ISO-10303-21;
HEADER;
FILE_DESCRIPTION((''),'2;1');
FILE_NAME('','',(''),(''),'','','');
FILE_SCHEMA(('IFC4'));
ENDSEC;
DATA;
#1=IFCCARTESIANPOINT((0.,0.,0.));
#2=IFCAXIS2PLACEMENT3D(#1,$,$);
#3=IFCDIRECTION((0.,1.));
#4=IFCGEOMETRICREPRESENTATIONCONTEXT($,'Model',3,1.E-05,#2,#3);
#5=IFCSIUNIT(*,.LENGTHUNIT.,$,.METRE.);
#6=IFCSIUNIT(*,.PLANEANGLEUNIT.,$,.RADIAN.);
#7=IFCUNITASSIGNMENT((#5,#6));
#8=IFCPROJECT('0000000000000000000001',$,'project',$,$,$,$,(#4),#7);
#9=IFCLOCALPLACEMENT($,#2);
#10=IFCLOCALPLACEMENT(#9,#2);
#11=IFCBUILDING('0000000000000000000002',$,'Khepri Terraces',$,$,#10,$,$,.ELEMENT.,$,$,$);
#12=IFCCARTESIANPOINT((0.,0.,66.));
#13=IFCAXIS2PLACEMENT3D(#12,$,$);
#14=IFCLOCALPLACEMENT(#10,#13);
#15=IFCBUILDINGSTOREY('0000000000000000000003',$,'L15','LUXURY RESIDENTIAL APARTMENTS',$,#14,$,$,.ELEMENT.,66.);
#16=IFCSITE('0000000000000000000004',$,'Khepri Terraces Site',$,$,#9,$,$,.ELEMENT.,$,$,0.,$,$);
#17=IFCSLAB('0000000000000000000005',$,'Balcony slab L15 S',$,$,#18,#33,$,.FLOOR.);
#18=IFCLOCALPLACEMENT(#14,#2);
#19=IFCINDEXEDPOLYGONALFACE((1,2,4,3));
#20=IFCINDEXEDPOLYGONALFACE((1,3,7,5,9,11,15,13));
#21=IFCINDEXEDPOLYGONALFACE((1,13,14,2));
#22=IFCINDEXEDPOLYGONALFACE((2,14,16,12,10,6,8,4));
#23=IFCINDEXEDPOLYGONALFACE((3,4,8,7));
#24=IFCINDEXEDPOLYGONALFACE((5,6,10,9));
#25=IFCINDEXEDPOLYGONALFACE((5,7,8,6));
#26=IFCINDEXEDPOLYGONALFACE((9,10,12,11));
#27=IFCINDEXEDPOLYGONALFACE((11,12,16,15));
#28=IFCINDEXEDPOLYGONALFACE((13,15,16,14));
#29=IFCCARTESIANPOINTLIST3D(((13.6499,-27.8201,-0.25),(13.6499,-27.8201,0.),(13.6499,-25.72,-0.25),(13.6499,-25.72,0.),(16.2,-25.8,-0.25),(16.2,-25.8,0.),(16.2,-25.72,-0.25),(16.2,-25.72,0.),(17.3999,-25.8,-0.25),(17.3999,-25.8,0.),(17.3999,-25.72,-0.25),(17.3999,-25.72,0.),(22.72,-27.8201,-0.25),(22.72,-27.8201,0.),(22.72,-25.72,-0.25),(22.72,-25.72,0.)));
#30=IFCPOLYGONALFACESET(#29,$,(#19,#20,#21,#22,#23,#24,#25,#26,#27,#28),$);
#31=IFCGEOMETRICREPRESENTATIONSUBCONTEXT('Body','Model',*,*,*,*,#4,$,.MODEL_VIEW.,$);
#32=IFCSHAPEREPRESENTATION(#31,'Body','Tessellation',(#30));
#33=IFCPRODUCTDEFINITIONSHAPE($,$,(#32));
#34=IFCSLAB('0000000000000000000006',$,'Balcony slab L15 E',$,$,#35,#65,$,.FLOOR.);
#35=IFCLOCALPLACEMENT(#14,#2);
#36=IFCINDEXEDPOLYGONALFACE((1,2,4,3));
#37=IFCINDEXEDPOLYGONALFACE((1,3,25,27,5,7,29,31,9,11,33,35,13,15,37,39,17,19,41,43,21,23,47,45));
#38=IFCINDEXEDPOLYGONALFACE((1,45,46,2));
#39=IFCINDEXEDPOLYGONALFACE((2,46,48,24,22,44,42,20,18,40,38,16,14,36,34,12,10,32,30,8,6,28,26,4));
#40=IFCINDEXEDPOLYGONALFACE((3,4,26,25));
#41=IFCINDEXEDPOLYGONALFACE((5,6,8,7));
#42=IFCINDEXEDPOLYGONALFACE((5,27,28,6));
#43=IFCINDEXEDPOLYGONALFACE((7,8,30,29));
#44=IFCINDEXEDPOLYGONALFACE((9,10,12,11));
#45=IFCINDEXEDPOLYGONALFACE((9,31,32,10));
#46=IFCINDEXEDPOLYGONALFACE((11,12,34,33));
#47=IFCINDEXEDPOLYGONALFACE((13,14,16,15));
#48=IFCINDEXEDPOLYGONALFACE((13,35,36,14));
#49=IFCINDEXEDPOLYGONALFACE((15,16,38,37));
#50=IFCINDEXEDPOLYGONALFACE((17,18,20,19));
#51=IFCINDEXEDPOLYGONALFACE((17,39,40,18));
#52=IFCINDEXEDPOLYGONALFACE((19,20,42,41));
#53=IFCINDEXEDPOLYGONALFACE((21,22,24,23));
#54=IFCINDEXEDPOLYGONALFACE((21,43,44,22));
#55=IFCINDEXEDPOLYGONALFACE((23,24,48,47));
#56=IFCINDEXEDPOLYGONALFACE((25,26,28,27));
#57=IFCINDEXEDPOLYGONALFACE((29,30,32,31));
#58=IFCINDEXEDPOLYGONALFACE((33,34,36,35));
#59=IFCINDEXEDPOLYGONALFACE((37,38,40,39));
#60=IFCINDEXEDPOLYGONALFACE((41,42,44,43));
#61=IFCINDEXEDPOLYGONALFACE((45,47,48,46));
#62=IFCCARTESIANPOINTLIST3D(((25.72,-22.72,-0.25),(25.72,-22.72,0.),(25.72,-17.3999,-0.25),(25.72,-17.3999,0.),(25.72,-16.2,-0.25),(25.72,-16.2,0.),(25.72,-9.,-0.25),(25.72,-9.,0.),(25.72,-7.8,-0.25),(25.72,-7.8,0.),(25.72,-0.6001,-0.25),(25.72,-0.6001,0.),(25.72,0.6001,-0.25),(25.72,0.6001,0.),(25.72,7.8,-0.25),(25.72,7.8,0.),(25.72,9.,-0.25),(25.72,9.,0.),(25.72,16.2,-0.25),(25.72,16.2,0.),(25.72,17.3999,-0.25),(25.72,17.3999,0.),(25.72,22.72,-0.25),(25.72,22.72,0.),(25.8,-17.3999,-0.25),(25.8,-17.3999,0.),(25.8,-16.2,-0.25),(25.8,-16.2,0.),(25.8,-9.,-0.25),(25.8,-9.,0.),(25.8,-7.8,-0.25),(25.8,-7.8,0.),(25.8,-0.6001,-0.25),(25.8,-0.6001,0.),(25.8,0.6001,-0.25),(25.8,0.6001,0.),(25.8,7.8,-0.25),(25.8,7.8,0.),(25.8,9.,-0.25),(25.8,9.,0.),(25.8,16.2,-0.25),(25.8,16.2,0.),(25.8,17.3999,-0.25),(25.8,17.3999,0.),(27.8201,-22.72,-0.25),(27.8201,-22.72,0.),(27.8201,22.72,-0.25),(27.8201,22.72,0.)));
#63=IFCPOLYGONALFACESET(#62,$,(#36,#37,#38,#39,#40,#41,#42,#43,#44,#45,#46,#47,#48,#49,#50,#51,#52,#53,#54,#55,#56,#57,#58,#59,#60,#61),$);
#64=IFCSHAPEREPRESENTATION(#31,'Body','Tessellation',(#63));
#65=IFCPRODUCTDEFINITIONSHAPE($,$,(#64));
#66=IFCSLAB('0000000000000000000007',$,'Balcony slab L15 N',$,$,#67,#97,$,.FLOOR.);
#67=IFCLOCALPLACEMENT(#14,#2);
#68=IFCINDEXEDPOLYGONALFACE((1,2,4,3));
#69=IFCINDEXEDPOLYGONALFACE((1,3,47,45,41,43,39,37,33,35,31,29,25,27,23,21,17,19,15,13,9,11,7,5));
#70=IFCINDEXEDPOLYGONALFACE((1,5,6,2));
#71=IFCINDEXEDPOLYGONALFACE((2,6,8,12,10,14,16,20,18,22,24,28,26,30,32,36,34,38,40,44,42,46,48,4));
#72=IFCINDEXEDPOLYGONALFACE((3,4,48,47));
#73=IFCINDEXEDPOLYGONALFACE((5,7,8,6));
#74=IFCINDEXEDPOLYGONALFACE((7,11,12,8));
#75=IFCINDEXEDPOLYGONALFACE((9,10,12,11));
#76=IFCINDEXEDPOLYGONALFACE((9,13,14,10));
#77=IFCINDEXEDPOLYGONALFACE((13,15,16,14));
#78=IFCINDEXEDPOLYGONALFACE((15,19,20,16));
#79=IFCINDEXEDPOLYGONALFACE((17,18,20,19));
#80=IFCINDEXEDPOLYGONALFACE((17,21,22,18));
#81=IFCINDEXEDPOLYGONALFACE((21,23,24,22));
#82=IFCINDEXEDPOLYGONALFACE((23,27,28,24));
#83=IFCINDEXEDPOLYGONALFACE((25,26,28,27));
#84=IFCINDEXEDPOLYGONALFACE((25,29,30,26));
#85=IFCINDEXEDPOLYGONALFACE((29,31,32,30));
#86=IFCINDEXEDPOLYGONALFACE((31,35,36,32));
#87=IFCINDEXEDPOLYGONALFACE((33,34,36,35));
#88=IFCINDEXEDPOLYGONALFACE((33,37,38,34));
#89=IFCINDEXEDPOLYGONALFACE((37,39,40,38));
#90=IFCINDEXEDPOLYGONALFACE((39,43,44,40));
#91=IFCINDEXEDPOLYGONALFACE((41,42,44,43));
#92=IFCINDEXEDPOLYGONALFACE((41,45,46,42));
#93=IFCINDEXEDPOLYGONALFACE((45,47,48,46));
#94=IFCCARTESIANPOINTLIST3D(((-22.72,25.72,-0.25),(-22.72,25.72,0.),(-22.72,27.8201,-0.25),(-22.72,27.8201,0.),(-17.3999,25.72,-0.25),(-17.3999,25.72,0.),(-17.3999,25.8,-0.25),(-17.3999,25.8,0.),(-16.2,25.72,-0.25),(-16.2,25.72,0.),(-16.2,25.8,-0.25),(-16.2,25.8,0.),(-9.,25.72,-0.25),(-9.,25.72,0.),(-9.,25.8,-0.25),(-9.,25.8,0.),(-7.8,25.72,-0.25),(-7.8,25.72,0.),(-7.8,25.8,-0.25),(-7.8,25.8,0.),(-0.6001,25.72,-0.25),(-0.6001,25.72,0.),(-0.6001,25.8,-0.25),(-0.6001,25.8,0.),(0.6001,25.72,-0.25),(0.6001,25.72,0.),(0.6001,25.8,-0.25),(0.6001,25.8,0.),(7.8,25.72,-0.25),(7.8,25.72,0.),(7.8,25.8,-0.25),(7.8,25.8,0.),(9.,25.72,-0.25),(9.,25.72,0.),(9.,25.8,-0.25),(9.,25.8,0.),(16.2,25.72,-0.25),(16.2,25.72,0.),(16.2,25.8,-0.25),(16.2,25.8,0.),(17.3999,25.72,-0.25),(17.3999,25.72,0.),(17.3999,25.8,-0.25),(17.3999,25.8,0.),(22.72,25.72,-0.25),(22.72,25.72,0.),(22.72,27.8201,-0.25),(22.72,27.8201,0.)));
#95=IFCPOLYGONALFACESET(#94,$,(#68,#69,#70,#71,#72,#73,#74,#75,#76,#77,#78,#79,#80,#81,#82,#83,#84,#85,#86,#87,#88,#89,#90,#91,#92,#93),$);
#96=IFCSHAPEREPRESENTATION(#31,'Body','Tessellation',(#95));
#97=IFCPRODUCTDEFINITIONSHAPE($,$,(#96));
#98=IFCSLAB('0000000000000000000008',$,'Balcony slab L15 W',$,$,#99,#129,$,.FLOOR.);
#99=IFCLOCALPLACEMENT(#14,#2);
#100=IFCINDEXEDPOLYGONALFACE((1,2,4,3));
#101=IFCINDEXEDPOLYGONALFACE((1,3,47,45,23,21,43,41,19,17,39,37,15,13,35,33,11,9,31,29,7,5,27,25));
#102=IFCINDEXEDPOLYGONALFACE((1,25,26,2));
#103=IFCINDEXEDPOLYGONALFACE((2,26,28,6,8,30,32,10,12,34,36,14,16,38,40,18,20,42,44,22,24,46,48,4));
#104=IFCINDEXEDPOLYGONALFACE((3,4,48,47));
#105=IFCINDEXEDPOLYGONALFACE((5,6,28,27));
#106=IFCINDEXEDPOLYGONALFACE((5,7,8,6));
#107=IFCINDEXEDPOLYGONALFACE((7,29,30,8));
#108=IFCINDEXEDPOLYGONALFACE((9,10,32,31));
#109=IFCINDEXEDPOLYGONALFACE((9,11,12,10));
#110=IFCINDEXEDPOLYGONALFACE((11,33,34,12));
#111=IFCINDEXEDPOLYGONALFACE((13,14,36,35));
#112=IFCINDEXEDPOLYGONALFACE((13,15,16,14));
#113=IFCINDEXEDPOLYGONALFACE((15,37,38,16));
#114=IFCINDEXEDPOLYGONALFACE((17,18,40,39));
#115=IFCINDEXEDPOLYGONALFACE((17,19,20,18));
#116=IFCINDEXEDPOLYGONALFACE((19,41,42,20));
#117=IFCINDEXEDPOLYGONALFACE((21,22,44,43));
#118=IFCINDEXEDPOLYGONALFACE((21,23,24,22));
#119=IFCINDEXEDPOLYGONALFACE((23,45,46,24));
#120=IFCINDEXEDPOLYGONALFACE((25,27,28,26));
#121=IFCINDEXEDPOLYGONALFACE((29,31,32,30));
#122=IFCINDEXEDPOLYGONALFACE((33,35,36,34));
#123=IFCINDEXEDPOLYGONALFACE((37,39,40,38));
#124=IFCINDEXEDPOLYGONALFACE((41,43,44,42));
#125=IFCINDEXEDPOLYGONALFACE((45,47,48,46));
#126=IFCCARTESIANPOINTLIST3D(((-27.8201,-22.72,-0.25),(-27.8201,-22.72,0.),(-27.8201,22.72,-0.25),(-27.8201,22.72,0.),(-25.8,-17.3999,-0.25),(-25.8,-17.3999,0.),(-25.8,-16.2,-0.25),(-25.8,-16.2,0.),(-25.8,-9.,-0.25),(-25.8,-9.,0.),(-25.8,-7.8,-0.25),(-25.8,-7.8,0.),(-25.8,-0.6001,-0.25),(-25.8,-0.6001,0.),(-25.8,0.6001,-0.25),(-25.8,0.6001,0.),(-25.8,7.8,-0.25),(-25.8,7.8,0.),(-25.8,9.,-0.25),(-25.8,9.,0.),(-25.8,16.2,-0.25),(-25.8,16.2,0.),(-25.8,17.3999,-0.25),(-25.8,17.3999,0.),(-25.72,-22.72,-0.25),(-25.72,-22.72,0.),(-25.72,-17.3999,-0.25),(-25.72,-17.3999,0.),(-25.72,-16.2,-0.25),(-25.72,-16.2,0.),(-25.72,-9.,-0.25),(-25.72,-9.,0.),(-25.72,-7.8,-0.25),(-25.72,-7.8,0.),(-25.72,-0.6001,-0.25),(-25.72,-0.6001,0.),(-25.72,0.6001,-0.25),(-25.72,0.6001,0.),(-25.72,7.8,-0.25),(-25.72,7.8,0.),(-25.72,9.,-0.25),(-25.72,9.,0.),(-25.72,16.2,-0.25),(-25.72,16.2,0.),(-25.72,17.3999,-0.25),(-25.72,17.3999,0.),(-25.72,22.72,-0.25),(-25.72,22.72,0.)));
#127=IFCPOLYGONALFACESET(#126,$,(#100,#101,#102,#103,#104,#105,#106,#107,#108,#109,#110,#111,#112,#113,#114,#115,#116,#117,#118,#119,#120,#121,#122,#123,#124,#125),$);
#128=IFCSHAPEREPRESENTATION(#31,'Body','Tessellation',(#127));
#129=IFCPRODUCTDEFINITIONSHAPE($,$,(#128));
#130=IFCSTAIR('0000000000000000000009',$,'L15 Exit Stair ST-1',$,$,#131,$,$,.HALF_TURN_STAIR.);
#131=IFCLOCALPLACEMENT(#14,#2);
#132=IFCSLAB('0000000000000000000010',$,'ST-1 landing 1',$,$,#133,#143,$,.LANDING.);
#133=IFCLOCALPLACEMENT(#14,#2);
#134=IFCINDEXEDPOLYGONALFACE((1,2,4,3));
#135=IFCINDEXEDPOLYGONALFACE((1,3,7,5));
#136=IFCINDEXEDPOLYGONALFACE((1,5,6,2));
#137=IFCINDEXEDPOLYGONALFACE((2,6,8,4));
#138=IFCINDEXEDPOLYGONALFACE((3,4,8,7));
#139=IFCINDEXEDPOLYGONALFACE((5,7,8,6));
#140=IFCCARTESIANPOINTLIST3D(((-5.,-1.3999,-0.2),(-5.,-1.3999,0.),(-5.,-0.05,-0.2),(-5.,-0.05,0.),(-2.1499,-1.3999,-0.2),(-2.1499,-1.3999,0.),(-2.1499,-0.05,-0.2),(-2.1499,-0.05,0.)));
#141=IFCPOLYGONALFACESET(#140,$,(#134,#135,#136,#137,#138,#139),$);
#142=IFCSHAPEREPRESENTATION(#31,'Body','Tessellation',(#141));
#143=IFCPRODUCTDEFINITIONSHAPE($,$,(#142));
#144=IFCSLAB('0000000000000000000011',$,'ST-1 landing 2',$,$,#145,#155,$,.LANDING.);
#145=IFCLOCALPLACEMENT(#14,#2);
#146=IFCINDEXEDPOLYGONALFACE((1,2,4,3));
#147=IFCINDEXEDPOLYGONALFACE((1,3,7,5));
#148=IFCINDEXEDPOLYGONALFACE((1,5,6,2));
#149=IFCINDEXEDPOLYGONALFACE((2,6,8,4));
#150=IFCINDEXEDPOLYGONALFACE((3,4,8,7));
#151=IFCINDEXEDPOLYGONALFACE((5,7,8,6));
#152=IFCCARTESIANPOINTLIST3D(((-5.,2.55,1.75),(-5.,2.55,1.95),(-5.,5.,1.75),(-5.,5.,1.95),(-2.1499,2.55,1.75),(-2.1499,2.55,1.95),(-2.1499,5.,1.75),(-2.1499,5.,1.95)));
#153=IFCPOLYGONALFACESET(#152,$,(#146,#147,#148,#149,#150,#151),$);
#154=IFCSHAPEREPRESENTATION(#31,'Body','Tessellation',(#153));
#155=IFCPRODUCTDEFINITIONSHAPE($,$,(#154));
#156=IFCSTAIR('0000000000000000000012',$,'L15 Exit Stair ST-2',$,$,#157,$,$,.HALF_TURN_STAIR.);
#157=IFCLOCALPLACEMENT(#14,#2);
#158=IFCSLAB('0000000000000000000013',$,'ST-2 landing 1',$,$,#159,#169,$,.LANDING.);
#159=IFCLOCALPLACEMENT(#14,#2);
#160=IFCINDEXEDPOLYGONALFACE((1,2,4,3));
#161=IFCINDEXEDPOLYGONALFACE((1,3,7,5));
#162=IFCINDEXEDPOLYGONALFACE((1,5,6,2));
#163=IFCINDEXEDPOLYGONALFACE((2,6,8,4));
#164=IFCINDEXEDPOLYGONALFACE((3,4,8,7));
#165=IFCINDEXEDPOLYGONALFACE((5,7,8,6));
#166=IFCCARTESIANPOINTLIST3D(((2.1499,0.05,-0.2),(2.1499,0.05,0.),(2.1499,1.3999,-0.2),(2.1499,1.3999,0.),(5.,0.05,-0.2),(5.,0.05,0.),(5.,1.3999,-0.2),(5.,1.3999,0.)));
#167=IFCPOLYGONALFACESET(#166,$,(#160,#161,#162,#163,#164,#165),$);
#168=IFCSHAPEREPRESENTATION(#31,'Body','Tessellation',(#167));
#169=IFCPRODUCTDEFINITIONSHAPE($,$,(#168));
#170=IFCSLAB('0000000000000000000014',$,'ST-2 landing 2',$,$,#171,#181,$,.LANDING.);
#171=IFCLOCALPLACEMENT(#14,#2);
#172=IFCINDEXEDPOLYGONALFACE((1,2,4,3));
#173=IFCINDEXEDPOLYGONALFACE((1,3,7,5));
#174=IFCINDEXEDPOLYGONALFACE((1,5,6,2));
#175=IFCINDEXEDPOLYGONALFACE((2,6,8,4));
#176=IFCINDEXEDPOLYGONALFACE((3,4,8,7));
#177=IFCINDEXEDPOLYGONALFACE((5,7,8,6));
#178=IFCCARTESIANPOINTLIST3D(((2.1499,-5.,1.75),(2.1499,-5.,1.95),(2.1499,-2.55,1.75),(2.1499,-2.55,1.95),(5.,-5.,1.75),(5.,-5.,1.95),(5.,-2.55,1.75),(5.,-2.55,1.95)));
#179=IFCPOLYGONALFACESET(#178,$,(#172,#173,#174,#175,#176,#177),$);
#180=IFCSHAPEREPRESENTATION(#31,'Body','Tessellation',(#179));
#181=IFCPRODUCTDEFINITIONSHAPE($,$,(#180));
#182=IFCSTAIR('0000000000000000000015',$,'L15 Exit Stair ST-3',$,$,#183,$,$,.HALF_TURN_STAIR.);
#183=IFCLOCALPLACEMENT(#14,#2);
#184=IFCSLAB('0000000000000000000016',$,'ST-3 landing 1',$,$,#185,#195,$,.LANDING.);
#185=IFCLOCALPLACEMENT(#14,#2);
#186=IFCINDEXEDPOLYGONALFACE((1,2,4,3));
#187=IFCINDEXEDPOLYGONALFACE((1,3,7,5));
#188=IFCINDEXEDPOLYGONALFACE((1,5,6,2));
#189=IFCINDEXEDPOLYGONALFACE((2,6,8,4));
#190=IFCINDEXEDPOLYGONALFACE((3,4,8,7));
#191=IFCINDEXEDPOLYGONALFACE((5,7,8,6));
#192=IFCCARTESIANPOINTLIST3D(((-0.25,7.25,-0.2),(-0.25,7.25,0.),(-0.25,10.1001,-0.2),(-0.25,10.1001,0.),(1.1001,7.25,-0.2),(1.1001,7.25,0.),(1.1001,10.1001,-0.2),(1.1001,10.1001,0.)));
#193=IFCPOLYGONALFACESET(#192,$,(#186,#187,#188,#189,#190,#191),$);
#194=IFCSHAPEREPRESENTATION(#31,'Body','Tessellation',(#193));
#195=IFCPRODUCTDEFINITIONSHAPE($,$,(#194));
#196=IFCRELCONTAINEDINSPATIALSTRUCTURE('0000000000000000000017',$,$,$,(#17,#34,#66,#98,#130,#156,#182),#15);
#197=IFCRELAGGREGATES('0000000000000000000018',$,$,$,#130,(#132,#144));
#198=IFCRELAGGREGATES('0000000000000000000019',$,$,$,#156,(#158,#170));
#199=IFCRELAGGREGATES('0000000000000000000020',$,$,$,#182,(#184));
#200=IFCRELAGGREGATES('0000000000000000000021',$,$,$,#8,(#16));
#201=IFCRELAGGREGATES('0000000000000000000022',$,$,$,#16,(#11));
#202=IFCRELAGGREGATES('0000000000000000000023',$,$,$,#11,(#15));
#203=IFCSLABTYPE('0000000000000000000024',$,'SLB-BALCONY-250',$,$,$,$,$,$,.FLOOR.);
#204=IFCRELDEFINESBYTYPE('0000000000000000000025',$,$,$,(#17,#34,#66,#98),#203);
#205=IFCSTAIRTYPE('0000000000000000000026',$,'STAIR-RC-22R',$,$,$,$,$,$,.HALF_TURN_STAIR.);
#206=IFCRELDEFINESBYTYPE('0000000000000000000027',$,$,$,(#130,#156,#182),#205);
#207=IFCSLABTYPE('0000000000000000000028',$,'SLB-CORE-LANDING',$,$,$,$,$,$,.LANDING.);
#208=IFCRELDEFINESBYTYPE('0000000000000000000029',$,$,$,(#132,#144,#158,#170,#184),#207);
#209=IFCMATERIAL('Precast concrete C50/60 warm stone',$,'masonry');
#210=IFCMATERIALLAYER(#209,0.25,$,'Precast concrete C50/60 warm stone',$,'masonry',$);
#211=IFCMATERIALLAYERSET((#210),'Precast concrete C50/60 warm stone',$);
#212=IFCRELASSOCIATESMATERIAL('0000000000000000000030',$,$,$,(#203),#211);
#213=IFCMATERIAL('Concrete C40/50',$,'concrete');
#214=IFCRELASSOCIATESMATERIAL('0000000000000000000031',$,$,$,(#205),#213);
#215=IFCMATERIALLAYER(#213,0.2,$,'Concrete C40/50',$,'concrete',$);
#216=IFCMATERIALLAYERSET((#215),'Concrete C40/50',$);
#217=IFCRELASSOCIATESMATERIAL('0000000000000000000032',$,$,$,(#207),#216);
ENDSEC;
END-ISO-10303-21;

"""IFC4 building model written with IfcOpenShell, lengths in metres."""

from ifc_helpers import new_model, si_unit, direction, frame, origin, place, context, subcontext, project, spatial, polyline, outline, extrude, material, layer, layer_set, type_object, element, aggregate, save


model = new_model("IFC4")

# Units and contexts
model_context = context("Model", 3, precision=1e-05, world=origin(), true_north=direction((0.0, 1.0)))
body_context = subcontext(model_context, "Body", "Model", "MODEL_VIEW")
ifc_project = project(units=[si_unit("LENGTHUNIT", "METRE"), si_unit("PLANEANGLEUNIT", "RADIAN")], contexts=[model_context])

# Site, building, storey
site_placement = place(None, origin())
site = spatial("IfcSite", under=ifc_project, at=site_placement, Name="Khepri Terraces Site", CompositionType="ELEMENT", RefElevation=0.0)
building_placement = place(site_placement, origin())
building = spatial("IfcBuilding", under=site, at=building_placement, Name="Khepri Terraces", CompositionType="ELEMENT")
storey_placement = place(building_placement, frame((0.0, 0.0, 66.0)))
storey = spatial("IfcBuildingStorey", under=building, at=storey_placement, Name="L15", Description="LUXURY RESIDENTIAL APARTMENTS", CompositionType="ELEMENT", Elevation=66.0)

# Slabs
ifc_material_1 = material(Name="Precast concrete C50/60 warm stone", Category="masonry")
ifc_layer_1 = layer(ifc_material_1, 0.25, Name="Precast concrete C50/60 warm stone", Category="masonry")
ifc_layer_set_1 = layer_set([ifc_layer_1], Name="Precast concrete C50/60 warm stone")
slab_type_1 = type_object("IfcSlabType", Name="SLB-BALCONY-250", PredefinedType="FLOOR", material=ifc_layer_set_1)
slab_1_placement = place(storey_placement, frame((0.0, 0.0, -0.25)))
element("IfcSlab", 1, at=slab_1_placement, inside=storey, type_object=slab_type_1, Name="Balcony slab L15 S", PredefinedType="FLOOR", context=body_context, shape_type="SweptSolid", body=[
    extrude(outline(polyline([(16.2, -25.72), (13.6499, -25.72), (13.6499, -27.8201), (22.72, -27.8201), (22.72, -25.72), (17.3999, -25.72), (17.3999, -25.8), (16.2, -25.8), (16.2, -25.72)])), origin(), (0.0, 0.0, 1.0), 0.25),
])
slab_2_placement = place(storey_placement, frame((0.0, 0.0, -0.25)))
element("IfcSlab", 2, at=slab_2_placement, inside=storey, type_object=slab_type_1, Name="Balcony slab L15 E", PredefinedType="FLOOR", context=body_context, shape_type="SweptSolid", body=[
    extrude(outline(polyline([(25.72, -17.3999), (25.72, -22.72), (27.8201, -22.72), (27.8201, 22.72), (25.72, 22.72), (25.72, 17.3999), (25.8, 17.3999), (25.8, 16.2), (25.72, 16.2), (25.72, 9.0), (25.8, 9.0), (25.8, 7.8), (25.72, 7.8), (25.72, 0.6001), (25.8, 0.6001), (25.8, -0.6001), (25.72, -0.6001), (25.72, -7.8), (25.8, -7.8), (25.8, -9.0), (25.72, -9.0), (25.72, -16.2), (25.8, -16.2), (25.8, -17.3999), (25.72, -17.3999)])), origin(), (0.0, 0.0, 1.0), 0.25),
])
slab_3_placement = place(storey_placement, frame((0.0, 0.0, -0.25)))
element("IfcSlab", 3, at=slab_3_placement, inside=storey, type_object=slab_type_1, Name="Balcony slab L15 N", PredefinedType="FLOOR", context=body_context, shape_type="SweptSolid", body=[
    extrude(outline(polyline([(17.3999, 25.72), (22.72, 25.72), (22.72, 27.8201), (-22.72, 27.8201), (-22.72, 25.72), (-17.3999, 25.72), (-17.3999, 25.8), (-16.2, 25.8), (-16.2, 25.72), (-9.0, 25.72), (-9.0, 25.8), (-7.8, 25.8), (-7.8, 25.72), (-0.6001, 25.72), (-0.6001, 25.8), (0.6001, 25.8), (0.6001, 25.72), (7.8, 25.72), (7.8, 25.8), (9.0, 25.8), (9.0, 25.72), (16.2, 25.72), (16.2, 25.8), (17.3999, 25.8), (17.3999, 25.72)])), origin(), (0.0, 0.0, 1.0), 0.25),
])
slab_4_placement = place(storey_placement, frame((0.0, 0.0, -0.25)))
element("IfcSlab", 4, at=slab_4_placement, inside=storey, type_object=slab_type_1, Name="Balcony slab L15 W", PredefinedType="FLOOR", context=body_context, shape_type="SweptSolid", body=[
    extrude(outline(polyline([(-25.72, 17.3999), (-25.72, 22.72), (-27.8201, 22.72), (-27.8201, -22.72), (-25.72, -22.72), (-25.72, -17.3999), (-25.8, -17.3999), (-25.8, -16.2), (-25.72, -16.2), (-25.72, -9.0), (-25.8, -9.0), (-25.8, -7.8), (-25.72, -7.8), (-25.72, -0.6001), (-25.8, -0.6001), (-25.8, 0.6001), (-25.72, 0.6001), (-25.72, 7.8), (-25.8, 7.8), (-25.8, 9.0), (-25.72, 9.0), (-25.72, 16.2), (-25.8, 16.2), (-25.8, 17.3999), (-25.72, 17.3999)])), origin(), (0.0, 0.0, 1.0), 0.25),
])

# Stairs, slabs
ifc_material_2 = material(Name="Concrete C40/50", Category="concrete")
stair_type = type_object("IfcStairType", Name="STAIR-RC-22R", PredefinedType="HALF_TURN_STAIR", material=ifc_material_2)
stair_1_placement = place(storey_placement, origin())
stair_1 = element("IfcStair", 5, at=stair_1_placement, inside=storey, type_object=stair_type, Name="L15 Exit Stair ST-1", PredefinedType="HALF_TURN_STAIR")
ifc_layer_2 = layer(ifc_material_2, 0.2, Name="Concrete C40/50", Category="concrete")
ifc_layer_set_2 = layer_set([ifc_layer_2], Name="Concrete C40/50")
slab_type_2 = type_object("IfcSlabType", Name="SLB-CORE-LANDING", PredefinedType="LANDING", material=ifc_layer_set_2)
slab_5_placement = place(storey_placement, frame((0.0, 0.0, -0.2)))
slab_5 = element("IfcSlab", 6, at=slab_5_placement, type_object=slab_type_2, Name="ST-1 landing 1", PredefinedType="LANDING", context=body_context, shape_type="SweptSolid", body=[
    extrude(outline(polyline([(-2.1499, -1.3999), (-2.1499, -0.05), (-5.0, -0.05), (-5.0, -1.3999), (-2.1499, -1.3999)])), origin(), (0.0, 0.0, 1.0), 0.2),
])
slab_6_placement = place(storey_placement, frame((0.0, 0.0, 1.75)))
slab_6 = element("IfcSlab", 7, at=slab_6_placement, type_object=slab_type_2, Name="ST-1 landing 2", PredefinedType="LANDING", context=body_context, shape_type="SweptSolid", body=[
    extrude(outline(polyline([(-2.1499, 2.55), (-2.1499, 5.0), (-5.0, 5.0), (-5.0, 2.55), (-2.1499, 2.55)])), origin(), (0.0, 0.0, 1.0), 0.2),
])
aggregate(stair_1, [slab_5, slab_6])
stair_2_placement = place(storey_placement, origin())
stair_2 = element("IfcStair", 8, at=stair_2_placement, inside=storey, type_object=stair_type, Name="L15 Exit Stair ST-2", PredefinedType="HALF_TURN_STAIR")
slab_7_placement = place(storey_placement, frame((0.0, 0.0, -0.2)))
slab_7 = element("IfcSlab", 9, at=slab_7_placement, type_object=slab_type_2, Name="ST-2 landing 1", PredefinedType="LANDING", context=body_context, shape_type="SweptSolid", body=[
    extrude(outline(polyline([(2.1499, 1.3999), (2.1499, 0.05), (5.0, 0.05), (5.0, 1.3999), (2.1499, 1.3999)])), origin(), (0.0, 0.0, 1.0), 0.2),
])
slab_8_placement = place(storey_placement, frame((0.0, 0.0, 1.75)))
slab_8 = element("IfcSlab", 10, at=slab_8_placement, type_object=slab_type_2, Name="ST-2 landing 2", PredefinedType="LANDING", context=body_context, shape_type="SweptSolid", body=[
    extrude(outline(polyline([(2.1499, -2.55), (2.1499, -5.0), (5.0, -5.0), (5.0, -2.55), (2.1499, -2.55)])), origin(), (0.0, 0.0, 1.0), 0.2),
])
aggregate(stair_2, [slab_7, slab_8])
stair_3_placement = place(storey_placement, origin())
stair_3 = element("IfcStair", 11, at=stair_3_placement, inside=storey, type_object=stair_type, Name="L15 Exit Stair ST-3", PredefinedType="HALF_TURN_STAIR")
slab_9_placement = place(storey_placement, frame((0.0, 0.0, -0.2)))
slab_9 = element("IfcSlab", 12, at=slab_9_placement, type_object=slab_type_2, Name="ST-3 landing 1", PredefinedType="LANDING", context=body_context, shape_type="SweptSolid", body=[
    extrude(outline(polyline([(1.1001, 10.1001), (-0.25, 10.1001), (-0.25, 7.25), (1.1001, 7.25), (1.1001, 10.1001)])), origin(), (0.0, 0.0, 1.0), 0.2),
])
aggregate(stair_3, [slab_9])

save(model, "model.ifc")
